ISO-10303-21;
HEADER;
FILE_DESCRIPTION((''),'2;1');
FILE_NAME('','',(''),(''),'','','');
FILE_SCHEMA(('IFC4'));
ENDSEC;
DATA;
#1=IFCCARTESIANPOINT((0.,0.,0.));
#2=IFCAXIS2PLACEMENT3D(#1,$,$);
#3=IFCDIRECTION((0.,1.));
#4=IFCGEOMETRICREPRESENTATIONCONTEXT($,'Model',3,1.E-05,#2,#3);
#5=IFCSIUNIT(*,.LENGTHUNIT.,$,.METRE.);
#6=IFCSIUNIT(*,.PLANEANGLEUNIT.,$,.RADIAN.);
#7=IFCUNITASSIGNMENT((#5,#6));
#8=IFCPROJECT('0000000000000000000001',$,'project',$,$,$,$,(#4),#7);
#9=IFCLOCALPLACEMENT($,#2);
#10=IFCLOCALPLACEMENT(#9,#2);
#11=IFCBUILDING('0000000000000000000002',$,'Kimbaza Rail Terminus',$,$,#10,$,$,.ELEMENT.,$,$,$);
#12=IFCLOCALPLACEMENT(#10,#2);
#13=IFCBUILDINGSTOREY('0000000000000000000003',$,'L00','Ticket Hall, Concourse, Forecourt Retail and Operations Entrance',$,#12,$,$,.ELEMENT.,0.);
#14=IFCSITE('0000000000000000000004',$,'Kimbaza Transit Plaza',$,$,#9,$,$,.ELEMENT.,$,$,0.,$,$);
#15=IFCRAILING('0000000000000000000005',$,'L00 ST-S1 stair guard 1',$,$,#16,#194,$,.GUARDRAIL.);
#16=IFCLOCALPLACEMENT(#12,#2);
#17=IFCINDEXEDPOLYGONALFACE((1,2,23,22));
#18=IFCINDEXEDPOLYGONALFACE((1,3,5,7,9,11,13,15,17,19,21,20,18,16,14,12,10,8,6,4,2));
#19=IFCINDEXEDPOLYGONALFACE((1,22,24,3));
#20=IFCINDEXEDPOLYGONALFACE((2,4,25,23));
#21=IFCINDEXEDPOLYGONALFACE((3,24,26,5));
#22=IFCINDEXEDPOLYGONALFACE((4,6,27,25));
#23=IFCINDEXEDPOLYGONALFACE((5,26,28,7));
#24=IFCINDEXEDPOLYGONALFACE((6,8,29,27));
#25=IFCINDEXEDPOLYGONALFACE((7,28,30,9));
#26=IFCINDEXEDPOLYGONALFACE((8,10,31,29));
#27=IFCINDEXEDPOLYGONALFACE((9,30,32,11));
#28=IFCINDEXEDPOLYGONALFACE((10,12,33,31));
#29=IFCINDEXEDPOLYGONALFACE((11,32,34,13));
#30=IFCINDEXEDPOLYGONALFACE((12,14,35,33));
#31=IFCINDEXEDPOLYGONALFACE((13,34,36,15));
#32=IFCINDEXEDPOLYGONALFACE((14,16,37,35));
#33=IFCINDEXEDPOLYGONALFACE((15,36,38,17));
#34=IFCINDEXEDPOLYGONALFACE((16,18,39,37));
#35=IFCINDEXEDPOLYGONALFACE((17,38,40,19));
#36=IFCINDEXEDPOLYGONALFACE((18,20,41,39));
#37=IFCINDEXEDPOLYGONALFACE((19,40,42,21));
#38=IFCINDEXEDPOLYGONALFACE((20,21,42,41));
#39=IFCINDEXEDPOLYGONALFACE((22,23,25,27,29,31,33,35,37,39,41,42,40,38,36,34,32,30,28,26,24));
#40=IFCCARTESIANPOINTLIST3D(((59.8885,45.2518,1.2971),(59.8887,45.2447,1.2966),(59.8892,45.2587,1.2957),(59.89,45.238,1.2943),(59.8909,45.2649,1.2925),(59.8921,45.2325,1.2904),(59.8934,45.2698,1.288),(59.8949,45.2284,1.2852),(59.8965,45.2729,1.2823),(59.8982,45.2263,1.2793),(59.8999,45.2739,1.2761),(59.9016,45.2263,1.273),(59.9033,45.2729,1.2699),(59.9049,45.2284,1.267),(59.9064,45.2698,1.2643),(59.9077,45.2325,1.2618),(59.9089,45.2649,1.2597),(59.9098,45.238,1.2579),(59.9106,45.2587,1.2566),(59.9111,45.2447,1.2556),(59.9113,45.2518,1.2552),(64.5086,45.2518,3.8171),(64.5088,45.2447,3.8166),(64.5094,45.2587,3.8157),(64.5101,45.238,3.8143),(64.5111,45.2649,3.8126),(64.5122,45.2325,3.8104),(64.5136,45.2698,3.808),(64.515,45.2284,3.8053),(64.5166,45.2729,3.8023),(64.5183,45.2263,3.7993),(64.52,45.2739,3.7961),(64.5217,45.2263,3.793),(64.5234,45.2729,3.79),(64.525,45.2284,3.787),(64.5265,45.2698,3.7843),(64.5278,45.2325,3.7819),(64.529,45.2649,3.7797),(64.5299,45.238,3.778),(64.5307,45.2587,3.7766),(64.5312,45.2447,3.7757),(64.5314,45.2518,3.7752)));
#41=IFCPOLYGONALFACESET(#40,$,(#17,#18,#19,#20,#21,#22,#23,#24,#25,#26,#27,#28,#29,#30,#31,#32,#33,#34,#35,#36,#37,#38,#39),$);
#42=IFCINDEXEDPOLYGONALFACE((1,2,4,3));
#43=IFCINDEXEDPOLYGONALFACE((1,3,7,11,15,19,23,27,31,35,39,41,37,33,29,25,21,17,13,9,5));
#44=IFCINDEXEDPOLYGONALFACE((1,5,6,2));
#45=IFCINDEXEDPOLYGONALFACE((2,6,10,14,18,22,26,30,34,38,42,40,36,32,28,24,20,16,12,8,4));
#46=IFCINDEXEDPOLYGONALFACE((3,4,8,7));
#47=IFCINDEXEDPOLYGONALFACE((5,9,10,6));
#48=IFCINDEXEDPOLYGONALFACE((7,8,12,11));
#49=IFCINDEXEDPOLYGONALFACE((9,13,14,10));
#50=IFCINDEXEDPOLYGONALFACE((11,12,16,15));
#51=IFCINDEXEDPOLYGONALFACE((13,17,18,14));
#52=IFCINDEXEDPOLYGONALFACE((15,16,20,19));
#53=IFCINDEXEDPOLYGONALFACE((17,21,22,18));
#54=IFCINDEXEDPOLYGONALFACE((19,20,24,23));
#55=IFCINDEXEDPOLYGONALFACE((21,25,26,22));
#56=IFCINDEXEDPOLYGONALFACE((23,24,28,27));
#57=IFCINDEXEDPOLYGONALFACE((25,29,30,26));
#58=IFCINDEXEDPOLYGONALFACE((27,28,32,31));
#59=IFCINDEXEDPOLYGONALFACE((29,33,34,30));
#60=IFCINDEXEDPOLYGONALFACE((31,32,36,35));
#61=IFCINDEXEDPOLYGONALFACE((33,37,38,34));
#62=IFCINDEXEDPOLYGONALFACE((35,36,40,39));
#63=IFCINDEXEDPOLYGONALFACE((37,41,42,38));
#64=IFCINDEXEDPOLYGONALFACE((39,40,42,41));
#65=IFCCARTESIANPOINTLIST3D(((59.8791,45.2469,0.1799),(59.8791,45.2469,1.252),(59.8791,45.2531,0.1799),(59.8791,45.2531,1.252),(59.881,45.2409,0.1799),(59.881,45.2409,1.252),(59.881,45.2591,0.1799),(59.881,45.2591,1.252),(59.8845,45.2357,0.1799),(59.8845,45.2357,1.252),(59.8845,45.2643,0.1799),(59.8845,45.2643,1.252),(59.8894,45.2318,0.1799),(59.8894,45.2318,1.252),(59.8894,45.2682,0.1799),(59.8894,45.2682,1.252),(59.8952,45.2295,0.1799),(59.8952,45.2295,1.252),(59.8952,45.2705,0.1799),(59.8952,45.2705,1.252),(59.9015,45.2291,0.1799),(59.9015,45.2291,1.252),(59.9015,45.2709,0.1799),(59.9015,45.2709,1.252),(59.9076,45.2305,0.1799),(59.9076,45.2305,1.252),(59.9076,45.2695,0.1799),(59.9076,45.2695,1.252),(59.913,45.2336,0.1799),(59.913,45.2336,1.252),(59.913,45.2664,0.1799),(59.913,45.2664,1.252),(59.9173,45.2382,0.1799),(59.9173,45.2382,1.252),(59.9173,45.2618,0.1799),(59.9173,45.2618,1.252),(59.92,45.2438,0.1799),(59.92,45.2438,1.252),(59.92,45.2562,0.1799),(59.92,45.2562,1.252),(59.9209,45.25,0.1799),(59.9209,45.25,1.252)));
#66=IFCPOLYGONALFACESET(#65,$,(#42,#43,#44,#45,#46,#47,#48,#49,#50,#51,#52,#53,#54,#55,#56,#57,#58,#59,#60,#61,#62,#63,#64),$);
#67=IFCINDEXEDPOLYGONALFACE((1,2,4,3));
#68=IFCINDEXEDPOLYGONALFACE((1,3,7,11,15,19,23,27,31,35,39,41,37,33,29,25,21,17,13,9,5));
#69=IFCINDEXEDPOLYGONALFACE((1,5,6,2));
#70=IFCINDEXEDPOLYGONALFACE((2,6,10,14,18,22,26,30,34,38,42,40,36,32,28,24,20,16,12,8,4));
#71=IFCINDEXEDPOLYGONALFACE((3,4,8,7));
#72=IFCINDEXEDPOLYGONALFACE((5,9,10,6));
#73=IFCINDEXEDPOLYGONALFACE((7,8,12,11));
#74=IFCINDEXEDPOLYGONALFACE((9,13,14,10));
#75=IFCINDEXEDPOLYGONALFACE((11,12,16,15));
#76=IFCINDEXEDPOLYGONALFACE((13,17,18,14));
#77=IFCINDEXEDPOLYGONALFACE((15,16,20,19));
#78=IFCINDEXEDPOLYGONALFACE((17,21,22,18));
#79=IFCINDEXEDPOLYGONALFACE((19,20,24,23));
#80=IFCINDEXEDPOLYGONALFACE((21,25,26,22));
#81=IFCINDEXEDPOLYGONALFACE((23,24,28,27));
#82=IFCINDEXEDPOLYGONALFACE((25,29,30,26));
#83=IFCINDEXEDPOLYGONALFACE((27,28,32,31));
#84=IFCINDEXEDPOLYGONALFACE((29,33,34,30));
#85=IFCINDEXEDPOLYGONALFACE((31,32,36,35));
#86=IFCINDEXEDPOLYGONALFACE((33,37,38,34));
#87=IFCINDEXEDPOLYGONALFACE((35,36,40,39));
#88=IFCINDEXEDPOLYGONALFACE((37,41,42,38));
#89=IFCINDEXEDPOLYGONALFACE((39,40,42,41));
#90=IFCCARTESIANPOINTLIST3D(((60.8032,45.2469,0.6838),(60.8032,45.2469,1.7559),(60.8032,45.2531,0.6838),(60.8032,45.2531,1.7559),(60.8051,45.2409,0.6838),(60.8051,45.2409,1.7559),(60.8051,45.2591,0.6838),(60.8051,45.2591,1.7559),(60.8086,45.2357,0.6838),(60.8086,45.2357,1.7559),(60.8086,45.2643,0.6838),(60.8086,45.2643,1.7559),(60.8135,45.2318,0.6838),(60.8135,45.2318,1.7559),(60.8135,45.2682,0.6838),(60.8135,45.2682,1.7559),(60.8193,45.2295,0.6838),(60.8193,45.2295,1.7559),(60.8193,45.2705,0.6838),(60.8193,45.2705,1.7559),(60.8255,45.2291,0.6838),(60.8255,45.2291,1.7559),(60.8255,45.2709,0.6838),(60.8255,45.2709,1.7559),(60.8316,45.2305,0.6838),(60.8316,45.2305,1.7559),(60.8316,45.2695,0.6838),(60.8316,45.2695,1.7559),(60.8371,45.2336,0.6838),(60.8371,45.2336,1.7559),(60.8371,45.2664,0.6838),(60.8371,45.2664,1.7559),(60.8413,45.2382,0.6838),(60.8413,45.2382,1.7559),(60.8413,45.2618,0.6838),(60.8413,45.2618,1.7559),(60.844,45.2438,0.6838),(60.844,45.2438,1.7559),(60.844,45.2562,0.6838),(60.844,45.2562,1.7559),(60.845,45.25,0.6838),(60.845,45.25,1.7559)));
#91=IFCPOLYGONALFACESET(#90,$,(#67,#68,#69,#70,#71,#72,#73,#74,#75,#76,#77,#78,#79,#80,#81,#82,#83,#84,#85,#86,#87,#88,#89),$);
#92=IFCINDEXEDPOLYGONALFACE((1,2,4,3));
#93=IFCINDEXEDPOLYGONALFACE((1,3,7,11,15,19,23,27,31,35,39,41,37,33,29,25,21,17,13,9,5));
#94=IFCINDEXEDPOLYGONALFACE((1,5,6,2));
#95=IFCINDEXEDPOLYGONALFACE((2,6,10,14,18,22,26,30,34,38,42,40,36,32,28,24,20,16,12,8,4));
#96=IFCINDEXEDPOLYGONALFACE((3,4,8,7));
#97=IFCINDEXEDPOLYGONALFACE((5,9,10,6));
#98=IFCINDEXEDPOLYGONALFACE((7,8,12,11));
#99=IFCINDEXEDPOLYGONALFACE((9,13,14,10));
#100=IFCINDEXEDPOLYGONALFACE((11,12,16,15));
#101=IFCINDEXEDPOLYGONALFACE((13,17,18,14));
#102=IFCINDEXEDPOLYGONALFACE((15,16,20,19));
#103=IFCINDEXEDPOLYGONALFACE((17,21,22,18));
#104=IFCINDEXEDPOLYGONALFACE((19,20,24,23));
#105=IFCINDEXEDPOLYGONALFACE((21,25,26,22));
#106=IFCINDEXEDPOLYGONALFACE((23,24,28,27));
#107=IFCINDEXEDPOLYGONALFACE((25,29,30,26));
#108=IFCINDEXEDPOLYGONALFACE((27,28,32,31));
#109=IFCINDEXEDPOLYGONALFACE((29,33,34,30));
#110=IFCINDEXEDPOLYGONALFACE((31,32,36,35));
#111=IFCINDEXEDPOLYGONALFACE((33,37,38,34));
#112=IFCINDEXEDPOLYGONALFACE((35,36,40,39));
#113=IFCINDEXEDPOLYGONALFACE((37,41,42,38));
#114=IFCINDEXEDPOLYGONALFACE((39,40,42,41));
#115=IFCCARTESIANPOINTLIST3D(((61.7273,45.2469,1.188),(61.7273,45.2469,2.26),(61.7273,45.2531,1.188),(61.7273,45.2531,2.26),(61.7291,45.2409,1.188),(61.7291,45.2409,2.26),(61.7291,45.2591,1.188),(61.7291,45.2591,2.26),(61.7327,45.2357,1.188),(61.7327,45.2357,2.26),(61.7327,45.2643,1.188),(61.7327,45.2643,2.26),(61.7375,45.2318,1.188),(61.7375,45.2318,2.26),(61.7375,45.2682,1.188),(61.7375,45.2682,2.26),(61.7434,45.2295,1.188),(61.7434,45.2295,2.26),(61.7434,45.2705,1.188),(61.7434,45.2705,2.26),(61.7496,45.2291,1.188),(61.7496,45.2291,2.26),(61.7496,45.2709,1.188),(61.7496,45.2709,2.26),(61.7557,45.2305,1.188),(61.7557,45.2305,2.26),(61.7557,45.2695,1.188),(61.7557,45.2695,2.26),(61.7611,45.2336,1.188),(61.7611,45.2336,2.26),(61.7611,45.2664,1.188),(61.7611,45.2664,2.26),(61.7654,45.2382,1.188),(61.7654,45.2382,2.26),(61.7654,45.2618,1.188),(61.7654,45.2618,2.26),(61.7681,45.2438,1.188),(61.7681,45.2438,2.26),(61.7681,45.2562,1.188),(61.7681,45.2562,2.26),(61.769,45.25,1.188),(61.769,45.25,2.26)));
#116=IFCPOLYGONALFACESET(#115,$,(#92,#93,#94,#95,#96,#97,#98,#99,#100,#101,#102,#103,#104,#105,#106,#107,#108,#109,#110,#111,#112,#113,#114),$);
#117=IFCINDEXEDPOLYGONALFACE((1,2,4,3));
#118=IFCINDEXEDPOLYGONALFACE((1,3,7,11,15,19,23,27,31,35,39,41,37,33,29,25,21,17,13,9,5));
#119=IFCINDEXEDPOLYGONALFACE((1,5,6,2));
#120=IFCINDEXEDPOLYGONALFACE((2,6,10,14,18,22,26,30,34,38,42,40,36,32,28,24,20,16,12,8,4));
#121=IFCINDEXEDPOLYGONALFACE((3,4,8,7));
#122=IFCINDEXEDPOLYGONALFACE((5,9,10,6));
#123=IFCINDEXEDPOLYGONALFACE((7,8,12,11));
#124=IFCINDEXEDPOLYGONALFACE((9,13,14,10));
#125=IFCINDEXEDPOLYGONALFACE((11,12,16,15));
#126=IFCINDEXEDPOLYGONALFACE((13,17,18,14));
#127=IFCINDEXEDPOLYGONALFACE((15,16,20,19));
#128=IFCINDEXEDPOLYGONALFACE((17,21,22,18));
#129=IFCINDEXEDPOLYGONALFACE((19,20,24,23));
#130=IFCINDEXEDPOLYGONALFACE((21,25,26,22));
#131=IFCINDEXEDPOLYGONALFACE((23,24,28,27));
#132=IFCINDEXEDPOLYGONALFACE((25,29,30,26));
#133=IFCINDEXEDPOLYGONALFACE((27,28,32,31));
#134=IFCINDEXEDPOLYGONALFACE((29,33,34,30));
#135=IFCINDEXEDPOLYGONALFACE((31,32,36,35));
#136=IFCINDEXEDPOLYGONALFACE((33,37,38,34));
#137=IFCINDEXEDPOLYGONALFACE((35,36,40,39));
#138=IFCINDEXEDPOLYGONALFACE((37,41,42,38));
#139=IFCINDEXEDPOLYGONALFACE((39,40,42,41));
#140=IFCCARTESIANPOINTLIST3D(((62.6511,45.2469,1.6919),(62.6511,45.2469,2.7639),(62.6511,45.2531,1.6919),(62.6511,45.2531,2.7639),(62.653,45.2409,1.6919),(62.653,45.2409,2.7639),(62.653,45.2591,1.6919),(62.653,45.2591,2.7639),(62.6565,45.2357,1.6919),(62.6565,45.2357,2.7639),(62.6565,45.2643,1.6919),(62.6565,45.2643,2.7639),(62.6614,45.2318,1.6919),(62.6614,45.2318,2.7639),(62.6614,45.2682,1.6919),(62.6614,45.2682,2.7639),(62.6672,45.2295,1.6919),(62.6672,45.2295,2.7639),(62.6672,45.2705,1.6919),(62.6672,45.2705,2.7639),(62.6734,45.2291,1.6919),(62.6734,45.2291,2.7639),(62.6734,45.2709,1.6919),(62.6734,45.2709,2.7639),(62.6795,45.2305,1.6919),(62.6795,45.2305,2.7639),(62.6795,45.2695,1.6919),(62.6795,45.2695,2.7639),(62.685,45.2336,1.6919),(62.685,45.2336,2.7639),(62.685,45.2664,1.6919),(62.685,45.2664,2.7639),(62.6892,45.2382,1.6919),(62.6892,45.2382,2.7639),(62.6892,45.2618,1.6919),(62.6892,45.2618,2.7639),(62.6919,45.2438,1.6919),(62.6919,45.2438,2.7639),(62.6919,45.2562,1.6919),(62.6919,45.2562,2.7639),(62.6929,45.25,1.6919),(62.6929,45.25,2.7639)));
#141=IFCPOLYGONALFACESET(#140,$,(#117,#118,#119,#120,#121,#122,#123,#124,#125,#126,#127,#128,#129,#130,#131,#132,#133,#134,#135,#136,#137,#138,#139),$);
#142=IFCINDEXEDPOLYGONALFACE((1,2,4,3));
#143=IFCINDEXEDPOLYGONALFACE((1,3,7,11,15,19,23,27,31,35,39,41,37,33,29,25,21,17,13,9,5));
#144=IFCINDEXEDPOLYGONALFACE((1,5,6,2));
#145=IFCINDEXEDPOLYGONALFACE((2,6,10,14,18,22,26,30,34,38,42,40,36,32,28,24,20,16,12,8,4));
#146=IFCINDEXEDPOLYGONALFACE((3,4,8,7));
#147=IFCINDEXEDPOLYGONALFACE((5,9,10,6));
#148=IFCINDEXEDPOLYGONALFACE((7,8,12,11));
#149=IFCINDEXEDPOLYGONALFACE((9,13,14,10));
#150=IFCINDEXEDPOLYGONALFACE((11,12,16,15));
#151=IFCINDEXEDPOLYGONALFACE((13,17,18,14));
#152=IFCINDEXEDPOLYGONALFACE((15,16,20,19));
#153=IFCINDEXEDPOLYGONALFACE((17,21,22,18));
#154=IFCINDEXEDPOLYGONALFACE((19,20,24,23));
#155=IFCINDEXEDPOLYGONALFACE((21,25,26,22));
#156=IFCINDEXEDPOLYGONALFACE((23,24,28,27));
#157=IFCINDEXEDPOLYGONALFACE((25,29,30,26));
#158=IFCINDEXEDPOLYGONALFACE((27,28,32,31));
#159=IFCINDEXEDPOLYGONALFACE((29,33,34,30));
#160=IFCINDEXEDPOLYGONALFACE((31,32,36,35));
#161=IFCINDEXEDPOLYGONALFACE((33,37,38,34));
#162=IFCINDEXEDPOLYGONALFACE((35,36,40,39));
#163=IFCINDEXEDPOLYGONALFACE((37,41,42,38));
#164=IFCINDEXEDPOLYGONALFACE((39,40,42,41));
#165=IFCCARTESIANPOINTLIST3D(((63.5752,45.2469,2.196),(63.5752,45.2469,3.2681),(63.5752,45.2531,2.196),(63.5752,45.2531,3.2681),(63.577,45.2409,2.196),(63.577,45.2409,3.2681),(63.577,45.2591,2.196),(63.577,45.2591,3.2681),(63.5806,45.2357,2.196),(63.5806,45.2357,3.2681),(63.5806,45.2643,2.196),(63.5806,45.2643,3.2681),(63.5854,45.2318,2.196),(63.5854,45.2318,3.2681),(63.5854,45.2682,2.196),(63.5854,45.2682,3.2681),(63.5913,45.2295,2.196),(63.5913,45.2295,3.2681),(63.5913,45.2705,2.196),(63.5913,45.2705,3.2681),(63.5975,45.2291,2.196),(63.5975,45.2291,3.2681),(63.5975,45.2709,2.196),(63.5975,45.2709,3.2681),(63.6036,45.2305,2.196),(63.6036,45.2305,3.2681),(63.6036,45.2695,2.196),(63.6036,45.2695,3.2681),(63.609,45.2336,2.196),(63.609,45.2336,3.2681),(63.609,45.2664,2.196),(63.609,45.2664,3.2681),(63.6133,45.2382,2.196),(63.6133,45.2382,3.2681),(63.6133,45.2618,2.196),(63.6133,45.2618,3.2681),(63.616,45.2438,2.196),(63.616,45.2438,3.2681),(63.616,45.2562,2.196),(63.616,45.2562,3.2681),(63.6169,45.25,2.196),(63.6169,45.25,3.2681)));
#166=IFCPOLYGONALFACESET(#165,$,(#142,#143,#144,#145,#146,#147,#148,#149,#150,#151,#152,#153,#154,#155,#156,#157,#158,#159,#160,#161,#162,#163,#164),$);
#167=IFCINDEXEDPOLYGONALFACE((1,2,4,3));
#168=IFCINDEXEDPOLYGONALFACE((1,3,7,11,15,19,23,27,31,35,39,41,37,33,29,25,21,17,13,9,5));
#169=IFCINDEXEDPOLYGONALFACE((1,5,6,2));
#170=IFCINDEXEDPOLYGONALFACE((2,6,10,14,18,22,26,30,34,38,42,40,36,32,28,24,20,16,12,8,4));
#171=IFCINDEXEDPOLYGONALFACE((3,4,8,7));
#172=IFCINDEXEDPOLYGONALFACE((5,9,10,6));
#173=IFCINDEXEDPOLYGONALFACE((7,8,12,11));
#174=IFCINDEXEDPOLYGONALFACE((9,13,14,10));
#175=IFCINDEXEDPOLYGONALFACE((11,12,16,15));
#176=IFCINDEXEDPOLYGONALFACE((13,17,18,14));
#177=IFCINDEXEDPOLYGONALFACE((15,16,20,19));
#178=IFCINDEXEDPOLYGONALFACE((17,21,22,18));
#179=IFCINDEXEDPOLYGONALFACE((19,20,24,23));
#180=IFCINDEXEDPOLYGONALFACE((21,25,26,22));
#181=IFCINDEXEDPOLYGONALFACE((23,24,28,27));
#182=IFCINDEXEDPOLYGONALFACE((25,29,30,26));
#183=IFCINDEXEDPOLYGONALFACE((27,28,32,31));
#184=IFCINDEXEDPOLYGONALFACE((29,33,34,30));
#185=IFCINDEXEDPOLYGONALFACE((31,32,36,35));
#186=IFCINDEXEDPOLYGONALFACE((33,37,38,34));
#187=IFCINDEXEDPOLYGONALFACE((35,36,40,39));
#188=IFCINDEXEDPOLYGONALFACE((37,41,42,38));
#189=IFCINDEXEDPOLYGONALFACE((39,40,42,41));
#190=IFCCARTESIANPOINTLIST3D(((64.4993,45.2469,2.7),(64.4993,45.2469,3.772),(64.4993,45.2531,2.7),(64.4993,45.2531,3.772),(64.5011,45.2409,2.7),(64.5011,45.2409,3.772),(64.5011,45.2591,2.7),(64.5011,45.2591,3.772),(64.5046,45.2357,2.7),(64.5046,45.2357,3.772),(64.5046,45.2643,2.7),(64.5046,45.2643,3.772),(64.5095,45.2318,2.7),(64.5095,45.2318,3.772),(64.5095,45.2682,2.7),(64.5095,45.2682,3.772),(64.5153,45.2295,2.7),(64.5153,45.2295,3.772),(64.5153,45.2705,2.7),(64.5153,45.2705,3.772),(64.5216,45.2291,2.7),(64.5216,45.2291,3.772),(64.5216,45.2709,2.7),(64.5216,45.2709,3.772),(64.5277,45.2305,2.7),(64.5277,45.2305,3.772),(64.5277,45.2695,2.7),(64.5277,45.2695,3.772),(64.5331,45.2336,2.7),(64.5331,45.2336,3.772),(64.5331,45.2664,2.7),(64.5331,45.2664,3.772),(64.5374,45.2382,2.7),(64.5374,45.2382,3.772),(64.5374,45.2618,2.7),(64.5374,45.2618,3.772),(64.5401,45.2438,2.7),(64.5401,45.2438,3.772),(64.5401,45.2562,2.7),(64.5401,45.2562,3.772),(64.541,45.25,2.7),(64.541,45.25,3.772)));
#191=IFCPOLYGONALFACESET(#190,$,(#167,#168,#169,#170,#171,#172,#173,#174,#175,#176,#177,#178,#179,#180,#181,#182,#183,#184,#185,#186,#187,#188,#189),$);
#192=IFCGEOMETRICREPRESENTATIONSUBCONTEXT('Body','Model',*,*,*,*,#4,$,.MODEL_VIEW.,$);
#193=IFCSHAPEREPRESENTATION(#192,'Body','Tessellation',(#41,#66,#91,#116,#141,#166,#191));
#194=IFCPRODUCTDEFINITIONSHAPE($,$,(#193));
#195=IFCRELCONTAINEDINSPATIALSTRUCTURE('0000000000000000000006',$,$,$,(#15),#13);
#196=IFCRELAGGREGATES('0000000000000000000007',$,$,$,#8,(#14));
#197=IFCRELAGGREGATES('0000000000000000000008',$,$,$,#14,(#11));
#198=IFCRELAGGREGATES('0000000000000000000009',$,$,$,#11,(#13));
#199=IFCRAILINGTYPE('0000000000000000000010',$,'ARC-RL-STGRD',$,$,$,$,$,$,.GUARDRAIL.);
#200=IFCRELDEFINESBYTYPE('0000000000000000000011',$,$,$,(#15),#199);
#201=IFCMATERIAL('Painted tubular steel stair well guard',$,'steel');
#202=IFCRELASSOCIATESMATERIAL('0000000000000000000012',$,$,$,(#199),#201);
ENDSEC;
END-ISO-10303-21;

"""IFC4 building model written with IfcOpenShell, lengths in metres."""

from ifc_helpers import new_model, si_unit, direction, frame, origin, origin_2d, place, context, subcontext, project, spatial, circle, extrude, material, type_object, element, save


model = new_model("IFC4")

# Units and contexts
model_context = context("Model", 3, precision=1e-05, world=origin(), true_north=direction((0.0, 1.0)))
body_context = subcontext(model_context, "Body", "Model", "MODEL_VIEW")
ifc_project = project(units=[si_unit("LENGTHUNIT", "METRE"), si_unit("PLANEANGLEUNIT", "RADIAN")], contexts=[model_context])

# Site, building, storey
site_placement = place(None, origin())
site = spatial("IfcSite", under=ifc_project, at=site_placement, Name="Kimbaza Transit Plaza", CompositionType="ELEMENT", RefElevation=0.0)
building_placement = place(site_placement, origin())
building = spatial("IfcBuilding", under=site, at=building_placement, Name="Kimbaza Rail Terminus", CompositionType="ELEMENT")
storey_placement = place(building_placement, origin())
storey = spatial("IfcBuildingStorey", under=building, at=storey_placement, Name="L00", Description="Ticket Hall, Concourse, Forecourt Retail and Operations Entrance", CompositionType="ELEMENT", Elevation=0.0)

# Railing
ifc_material_1 = material(Name="Painted tubular steel stair well guard", Category="steel")
railing_type_1 = type_object("IfcRailingType", Name="ARC-RL-STGRD", PredefinedType="GUARDRAIL", material=ifc_material_1)
railing_1_placement = place(storey_placement, frame((59.8999, 45.25, 0.1799)))
element("IfcRailing", 1, at=railing_1_placement, inside=storey, type_object=railing_type_1, Name="L00 ST-S1 stair guard 1", PredefinedType="GUARDRAIL", context=body_context, shape_type="SweptSolid", body=[
    extrude(circle(Radius=0.0239, at=origin_2d()), frame((0.0, 0.0, 1.0962), z_axis=(0.877899, 0.0, 0.478846), x_axis=(0.0, 1.0, 0.0)), (0.0, 0.0, 1.0), 5.2627),
    extrude(circle(Radius=0.021, at=origin_2d()), origin(), (0.0, 0.0, 1.0), 1.072),
    extrude(circle(Radius=0.021, at=origin_2d()), frame((0.9241, 0.0, 0.5039)), (0.0, 0.0, 1.0), 1.072),
    extrude(circle(Radius=0.021, at=origin_2d()), frame((1.8481, 0.0, 1.0081)), (0.0, 0.0, 1.0), 1.072),
    extrude(circle(Radius=0.021, at=origin_2d()), frame((2.772, 0.0, 1.512)), (0.0, 0.0, 1.0), 1.072),
    extrude(circle(Radius=0.021, at=origin_2d()), frame((3.696, 0.0, 2.0161)), (0.0, 0.0, 1.0), 1.072),
    extrude(circle(Radius=0.021, at=origin_2d()), frame((4.6201, 0.0, 2.52)), (0.0, 0.0, 1.0), 1.072),
])

save(model, "model.ifc")
